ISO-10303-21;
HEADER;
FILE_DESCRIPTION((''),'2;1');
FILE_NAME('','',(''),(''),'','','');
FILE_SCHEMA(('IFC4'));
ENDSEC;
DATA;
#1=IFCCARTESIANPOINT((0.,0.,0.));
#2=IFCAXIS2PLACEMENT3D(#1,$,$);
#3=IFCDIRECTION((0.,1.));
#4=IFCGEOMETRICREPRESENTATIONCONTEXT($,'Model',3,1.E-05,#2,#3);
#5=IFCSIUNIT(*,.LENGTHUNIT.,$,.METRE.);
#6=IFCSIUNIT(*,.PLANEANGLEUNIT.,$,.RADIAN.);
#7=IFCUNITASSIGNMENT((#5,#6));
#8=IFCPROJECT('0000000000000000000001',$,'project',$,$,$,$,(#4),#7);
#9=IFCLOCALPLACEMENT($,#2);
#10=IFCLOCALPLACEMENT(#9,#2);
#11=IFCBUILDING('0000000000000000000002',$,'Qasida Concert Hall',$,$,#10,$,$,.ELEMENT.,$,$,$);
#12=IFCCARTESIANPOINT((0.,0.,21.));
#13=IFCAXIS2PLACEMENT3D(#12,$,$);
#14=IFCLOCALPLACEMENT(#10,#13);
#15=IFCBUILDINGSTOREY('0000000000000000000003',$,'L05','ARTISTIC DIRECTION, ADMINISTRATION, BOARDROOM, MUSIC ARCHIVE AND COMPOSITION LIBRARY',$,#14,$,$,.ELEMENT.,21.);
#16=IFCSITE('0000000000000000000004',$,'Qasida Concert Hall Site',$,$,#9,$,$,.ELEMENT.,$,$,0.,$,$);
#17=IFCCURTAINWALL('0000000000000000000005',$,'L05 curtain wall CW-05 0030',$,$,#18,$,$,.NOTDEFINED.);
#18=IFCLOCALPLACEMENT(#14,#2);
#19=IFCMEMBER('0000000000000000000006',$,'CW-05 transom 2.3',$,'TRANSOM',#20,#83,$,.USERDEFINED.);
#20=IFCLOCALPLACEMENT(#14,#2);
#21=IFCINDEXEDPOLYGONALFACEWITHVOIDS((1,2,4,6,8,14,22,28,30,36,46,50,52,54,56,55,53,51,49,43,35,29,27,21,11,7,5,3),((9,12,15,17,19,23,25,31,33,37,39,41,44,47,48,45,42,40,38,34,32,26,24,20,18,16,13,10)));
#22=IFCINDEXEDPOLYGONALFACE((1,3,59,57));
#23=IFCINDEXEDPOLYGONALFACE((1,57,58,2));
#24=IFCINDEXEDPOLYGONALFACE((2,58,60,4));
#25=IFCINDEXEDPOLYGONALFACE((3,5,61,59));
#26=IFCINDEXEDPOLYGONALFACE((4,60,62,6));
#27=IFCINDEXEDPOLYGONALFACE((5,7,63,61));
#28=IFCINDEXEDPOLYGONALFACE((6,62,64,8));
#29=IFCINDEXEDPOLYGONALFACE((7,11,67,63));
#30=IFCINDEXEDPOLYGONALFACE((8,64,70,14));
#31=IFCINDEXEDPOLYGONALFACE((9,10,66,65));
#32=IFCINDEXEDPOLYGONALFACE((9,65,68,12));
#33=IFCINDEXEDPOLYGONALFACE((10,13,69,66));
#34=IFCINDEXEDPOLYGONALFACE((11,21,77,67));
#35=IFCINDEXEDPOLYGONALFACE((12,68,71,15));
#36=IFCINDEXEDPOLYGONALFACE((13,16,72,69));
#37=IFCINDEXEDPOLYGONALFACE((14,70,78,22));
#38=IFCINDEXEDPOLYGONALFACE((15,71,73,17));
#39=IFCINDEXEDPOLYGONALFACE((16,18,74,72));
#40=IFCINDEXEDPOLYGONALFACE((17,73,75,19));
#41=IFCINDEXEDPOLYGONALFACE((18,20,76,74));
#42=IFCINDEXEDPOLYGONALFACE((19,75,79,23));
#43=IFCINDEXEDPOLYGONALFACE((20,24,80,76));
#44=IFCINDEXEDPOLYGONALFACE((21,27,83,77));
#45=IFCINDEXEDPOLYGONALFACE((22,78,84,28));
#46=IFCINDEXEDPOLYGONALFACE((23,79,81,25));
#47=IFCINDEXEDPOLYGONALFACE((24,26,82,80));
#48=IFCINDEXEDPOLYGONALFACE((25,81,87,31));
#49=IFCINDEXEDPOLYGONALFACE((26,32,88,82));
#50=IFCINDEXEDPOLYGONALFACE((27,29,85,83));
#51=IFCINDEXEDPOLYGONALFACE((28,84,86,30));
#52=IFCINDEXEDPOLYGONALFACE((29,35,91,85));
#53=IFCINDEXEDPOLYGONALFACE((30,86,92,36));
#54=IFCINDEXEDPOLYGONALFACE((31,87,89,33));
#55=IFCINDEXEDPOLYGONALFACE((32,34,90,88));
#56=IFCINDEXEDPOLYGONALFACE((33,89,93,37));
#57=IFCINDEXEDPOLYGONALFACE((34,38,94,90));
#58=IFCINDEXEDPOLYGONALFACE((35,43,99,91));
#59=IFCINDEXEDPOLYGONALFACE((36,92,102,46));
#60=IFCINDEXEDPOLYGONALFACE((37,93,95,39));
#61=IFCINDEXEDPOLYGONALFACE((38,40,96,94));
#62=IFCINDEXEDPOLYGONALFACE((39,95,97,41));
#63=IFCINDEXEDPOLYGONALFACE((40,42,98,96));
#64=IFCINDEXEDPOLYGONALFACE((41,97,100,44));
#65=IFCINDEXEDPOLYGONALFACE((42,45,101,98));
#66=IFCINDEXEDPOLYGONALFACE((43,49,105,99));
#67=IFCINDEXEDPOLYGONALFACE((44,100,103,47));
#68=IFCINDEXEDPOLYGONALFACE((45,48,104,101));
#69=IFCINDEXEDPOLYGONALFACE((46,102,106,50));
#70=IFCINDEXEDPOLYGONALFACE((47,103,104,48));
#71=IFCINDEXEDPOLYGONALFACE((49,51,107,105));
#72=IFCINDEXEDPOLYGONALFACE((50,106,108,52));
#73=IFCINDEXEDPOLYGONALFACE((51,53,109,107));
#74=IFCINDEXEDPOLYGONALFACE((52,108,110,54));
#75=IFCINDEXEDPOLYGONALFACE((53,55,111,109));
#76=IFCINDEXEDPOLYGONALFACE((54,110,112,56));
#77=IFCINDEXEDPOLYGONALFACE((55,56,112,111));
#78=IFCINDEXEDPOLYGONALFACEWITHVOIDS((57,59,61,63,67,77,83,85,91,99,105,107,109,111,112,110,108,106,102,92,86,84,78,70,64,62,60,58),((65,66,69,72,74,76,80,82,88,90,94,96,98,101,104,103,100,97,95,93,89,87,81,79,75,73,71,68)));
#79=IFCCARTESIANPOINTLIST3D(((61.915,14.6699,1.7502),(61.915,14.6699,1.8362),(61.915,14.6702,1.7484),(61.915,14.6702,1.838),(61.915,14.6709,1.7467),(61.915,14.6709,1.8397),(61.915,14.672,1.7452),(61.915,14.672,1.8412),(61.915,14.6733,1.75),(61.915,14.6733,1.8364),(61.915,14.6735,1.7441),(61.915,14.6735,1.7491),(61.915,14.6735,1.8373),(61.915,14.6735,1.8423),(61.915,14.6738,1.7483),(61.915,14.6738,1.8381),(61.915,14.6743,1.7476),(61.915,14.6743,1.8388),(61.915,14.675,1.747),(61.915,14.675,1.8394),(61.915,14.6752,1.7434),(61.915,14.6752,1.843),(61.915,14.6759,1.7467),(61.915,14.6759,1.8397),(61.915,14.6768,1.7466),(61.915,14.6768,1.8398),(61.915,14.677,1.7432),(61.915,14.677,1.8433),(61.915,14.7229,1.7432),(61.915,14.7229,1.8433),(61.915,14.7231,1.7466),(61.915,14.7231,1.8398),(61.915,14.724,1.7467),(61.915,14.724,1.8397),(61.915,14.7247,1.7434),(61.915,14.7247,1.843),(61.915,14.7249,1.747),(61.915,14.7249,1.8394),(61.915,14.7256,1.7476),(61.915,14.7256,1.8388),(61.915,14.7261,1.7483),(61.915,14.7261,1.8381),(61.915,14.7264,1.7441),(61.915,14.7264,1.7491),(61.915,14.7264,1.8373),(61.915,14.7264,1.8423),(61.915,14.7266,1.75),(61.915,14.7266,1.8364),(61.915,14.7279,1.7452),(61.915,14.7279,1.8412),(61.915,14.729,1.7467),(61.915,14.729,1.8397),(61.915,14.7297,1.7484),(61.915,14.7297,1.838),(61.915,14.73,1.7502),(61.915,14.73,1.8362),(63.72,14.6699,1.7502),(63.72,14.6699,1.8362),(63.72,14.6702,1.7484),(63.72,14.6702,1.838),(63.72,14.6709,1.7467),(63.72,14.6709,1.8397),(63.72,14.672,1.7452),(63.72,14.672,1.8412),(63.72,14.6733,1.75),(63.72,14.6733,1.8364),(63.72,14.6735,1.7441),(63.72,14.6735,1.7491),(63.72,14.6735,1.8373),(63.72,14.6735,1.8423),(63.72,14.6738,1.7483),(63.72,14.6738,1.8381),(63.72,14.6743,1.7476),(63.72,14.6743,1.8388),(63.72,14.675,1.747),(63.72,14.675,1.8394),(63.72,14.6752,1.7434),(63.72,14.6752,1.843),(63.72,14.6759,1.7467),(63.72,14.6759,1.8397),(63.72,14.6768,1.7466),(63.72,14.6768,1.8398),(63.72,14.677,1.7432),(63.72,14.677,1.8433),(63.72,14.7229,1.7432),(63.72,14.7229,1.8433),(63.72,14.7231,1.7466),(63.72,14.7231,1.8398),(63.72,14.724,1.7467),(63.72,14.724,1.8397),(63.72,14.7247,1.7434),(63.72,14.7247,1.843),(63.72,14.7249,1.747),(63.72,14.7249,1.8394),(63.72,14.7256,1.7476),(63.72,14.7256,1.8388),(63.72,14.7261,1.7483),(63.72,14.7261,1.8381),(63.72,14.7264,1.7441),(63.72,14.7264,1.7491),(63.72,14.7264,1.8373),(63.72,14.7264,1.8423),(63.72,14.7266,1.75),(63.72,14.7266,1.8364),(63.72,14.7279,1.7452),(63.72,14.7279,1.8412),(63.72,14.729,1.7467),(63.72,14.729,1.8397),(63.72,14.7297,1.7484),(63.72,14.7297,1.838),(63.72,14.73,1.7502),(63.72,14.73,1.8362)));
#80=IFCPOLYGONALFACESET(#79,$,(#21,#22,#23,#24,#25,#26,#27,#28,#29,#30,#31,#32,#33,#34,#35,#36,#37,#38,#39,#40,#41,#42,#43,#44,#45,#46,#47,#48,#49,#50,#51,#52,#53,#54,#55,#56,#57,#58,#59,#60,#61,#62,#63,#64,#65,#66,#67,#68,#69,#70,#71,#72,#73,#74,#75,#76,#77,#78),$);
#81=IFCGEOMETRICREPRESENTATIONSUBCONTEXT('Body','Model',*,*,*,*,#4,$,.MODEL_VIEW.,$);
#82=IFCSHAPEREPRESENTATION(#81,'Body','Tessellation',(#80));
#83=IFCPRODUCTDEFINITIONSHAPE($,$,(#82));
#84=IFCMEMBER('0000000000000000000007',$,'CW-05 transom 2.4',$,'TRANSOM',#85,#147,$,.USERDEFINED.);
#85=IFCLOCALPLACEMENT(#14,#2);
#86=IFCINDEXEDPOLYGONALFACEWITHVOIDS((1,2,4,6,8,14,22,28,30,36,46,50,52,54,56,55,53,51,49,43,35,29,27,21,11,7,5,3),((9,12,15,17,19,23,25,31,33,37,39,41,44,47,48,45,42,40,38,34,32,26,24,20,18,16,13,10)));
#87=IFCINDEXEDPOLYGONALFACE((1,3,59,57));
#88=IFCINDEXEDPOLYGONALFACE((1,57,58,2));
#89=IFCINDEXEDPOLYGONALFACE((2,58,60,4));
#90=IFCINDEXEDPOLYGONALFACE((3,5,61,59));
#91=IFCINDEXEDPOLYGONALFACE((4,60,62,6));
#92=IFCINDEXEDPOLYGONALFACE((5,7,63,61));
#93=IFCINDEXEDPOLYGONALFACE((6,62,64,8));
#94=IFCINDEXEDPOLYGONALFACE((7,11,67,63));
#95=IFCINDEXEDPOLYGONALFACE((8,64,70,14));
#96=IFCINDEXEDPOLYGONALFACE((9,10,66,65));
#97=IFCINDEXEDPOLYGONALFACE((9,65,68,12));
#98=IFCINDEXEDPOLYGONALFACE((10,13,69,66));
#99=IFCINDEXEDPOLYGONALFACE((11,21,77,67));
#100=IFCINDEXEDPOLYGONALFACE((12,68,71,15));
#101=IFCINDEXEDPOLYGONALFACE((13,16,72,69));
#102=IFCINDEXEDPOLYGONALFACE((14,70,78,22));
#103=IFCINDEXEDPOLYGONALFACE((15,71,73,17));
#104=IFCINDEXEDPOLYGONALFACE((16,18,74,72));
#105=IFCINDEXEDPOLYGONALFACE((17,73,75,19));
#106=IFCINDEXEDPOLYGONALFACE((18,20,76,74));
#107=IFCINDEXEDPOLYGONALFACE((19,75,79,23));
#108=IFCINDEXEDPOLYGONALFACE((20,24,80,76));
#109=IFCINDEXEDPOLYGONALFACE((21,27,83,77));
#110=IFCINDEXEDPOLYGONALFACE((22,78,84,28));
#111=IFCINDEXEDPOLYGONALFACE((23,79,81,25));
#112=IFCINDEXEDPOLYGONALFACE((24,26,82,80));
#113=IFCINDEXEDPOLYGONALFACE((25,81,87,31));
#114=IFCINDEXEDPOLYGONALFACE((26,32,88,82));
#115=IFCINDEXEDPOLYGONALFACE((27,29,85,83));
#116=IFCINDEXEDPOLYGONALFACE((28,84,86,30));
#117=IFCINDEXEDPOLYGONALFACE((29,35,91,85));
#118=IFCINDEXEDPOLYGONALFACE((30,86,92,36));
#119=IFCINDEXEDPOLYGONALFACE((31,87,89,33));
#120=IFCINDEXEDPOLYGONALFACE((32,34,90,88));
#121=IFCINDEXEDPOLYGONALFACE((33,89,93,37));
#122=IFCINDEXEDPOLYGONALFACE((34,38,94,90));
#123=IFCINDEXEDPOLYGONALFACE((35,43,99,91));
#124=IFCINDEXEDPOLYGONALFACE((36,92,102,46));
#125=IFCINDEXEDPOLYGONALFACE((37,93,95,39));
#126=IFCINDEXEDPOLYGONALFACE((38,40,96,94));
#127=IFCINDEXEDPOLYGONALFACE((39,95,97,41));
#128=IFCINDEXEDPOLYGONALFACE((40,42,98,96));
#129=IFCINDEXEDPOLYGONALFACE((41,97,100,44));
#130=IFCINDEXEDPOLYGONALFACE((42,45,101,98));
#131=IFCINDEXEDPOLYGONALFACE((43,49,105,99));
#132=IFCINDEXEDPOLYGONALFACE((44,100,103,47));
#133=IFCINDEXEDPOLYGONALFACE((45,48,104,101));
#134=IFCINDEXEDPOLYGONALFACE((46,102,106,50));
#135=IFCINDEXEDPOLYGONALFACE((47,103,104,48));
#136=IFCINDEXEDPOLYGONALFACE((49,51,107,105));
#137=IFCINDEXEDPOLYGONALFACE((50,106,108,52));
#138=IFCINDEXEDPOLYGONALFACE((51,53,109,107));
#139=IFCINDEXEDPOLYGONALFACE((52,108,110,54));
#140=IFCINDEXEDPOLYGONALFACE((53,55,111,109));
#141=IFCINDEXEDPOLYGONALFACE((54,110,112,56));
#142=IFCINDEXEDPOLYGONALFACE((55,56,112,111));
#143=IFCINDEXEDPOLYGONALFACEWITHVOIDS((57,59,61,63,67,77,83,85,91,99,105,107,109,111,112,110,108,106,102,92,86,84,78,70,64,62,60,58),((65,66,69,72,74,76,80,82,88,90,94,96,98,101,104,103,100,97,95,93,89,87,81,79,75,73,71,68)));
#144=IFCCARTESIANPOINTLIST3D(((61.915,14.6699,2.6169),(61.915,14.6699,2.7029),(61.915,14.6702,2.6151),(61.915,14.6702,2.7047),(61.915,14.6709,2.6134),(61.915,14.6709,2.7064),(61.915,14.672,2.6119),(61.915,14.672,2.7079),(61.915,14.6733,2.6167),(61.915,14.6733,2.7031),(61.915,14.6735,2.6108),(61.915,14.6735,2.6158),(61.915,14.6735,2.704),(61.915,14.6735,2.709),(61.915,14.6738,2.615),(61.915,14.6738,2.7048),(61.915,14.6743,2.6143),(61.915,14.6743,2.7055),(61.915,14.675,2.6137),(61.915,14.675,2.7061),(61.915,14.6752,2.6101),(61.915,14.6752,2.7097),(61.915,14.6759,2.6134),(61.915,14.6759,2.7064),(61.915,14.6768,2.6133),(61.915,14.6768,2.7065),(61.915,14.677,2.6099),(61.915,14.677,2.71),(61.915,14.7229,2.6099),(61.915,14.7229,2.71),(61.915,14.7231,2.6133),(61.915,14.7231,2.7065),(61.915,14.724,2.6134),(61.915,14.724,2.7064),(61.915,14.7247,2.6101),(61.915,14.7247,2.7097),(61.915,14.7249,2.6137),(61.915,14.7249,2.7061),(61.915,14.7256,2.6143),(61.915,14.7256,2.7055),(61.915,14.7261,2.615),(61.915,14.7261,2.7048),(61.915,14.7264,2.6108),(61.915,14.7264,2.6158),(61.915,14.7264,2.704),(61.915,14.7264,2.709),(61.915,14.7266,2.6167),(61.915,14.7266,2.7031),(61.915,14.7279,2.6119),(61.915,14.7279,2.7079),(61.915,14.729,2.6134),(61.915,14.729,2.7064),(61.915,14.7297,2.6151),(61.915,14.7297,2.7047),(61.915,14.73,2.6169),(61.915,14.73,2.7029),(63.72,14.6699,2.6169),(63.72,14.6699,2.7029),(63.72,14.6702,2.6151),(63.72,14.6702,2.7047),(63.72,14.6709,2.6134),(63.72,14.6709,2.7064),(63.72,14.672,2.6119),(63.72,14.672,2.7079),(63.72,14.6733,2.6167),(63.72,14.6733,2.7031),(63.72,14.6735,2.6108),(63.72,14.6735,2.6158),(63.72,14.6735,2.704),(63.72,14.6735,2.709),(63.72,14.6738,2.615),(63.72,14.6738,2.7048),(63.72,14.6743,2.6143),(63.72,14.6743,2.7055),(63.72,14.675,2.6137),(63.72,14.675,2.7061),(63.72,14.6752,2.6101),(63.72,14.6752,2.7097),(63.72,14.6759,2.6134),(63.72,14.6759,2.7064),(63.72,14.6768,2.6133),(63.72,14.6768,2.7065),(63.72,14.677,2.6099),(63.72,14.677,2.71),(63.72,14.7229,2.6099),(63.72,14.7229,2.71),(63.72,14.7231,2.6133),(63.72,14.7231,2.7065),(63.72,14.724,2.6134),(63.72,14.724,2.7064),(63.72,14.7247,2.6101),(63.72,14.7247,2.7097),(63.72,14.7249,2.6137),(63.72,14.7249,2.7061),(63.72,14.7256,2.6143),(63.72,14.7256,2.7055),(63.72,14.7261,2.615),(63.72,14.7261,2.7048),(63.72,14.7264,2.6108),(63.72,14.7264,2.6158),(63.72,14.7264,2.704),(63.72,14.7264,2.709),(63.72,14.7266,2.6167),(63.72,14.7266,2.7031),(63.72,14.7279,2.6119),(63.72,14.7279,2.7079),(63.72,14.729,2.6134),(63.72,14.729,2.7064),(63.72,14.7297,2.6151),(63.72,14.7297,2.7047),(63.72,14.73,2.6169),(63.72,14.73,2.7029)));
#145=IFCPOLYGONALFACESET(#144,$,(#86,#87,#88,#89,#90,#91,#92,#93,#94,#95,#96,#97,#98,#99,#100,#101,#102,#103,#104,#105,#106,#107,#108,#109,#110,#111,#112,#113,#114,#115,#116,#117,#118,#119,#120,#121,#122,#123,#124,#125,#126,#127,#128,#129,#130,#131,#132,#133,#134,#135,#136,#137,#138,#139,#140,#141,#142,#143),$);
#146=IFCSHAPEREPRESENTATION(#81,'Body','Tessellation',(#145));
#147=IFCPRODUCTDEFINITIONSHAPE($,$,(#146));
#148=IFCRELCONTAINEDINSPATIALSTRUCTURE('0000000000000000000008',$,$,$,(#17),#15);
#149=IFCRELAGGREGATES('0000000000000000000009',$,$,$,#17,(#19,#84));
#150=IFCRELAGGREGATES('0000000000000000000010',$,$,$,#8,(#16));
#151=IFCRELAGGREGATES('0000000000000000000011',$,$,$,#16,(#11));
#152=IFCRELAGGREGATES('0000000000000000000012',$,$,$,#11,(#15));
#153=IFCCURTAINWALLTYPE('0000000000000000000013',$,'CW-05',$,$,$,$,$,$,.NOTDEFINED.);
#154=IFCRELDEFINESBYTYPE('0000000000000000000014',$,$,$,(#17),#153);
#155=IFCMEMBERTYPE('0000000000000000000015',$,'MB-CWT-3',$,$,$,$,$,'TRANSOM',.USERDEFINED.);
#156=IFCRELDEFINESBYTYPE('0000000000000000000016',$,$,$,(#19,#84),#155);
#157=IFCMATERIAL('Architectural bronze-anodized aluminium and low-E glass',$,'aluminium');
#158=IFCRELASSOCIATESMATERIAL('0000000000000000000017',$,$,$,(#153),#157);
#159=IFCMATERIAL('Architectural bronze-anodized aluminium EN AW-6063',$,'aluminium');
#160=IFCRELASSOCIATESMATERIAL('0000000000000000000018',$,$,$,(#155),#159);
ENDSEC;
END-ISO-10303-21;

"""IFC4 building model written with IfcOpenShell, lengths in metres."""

from ifc_helpers import new_model, si_unit, direction, frame, origin, origin_2d, place, context, subcontext, project, spatial, hollow_rectangle, extrude, material, material_profile, profile_set, type_object, element, aggregate, save


model = new_model("IFC4")

# Units and contexts
model_context = context("Model", 3, precision=1e-05, world=origin(), true_north=direction((0.0, 1.0)))
body_context = subcontext(model_context, "Body", "Model", "MODEL_VIEW")
ifc_project = project(units=[si_unit("LENGTHUNIT", "METRE"), si_unit("PLANEANGLEUNIT", "RADIAN")], contexts=[model_context])

# Site, building, storey
site_placement = place(None, origin())
site = spatial("IfcSite", under=ifc_project, at=site_placement, Name="Qasida Concert Hall Site", CompositionType="ELEMENT", RefElevation=0.0)
building_placement = place(site_placement, origin())
building = spatial("IfcBuilding", under=site, at=building_placement, Name="Qasida Concert Hall", CompositionType="ELEMENT")
storey_placement = place(building_placement, frame((0.0, 0.0, 21.0)))
storey = spatial("IfcBuildingStorey", under=building, at=storey_placement, Name="L05", Description="ARTISTIC DIRECTION, ADMINISTRATION, BOARDROOM, MUSIC ARCHIVE AND COMPOSITION LIBRARY", CompositionType="ELEMENT", Elevation=21.0)

# Curtain wall, members
ifc_material_1 = material(Name="Architectural bronze-anodized aluminium and low-E glass", Category="aluminium")
curtain_wall_type = type_object("IfcCurtainWallType", Name="CW-05", PredefinedType="NOTDEFINED", material=ifc_material_1)
curtain_wall_placement = place(storey_placement, origin())
curtain_wall = element("IfcCurtainWall", 1, at=curtain_wall_placement, inside=storey, type_object=curtain_wall_type, Name="L05 curtain wall CW-05 0030", PredefinedType="NOTDEFINED")
ifc_material_2 = material(Name="Architectural bronze-anodized aluminium EN AW-6063", Category="aluminium")
ifc_material_profile_1 = material_profile(ifc_material_2, hollow_rectangle(XDim=0.0601, YDim=0.1001, WallThickness=0.0034, InnerFilletRadius=0.0034, OuterFilletRadius=0.0071, at=origin_2d()), Name="CWT 100x60x3.5")
ifc_profile_set_1 = profile_set([ifc_material_profile_1], Name="Architectural bronze-anodized aluminium EN AW-6063")
member_type_1 = type_object("IfcMemberType", Name="MB-CWT-3", ElementType="TRANSOM", PredefinedType="USERDEFINED", material=ifc_profile_set_1)
member_1_placement = place(storey_placement, frame((61.915, 14.7, 1.7932), z_axis=(1.0, 0.0, 0.0), x_axis=(0.0, 1.0, 0.0)))
member_1 = element("IfcMember", 2, at=member_1_placement, type_object=member_type_1, Name="CW-05 transom 2.3", ObjectType="TRANSOM", PredefinedType="USERDEFINED", context=body_context, shape_type="SweptSolid", body=[
    extrude(hollow_rectangle(XDim=0.0601, YDim=0.1001, WallThickness=0.0034, InnerFilletRadius=0.0034, OuterFilletRadius=0.0071, at=origin_2d()), origin(), (0.0, 0.0, 1.0), 1.8049),
])
member_2_placement = place(storey_placement, frame((61.915, 14.7, 2.6599), z_axis=(1.0, 0.0, 0.0), x_axis=(0.0, 1.0, 0.0)))
member_2 = element("IfcMember", 3, at=member_2_placement, type_object=member_type_1, Name="CW-05 transom 2.4", ObjectType="TRANSOM", PredefinedType="USERDEFINED", context=body_context, shape_type="SweptSolid", body=[
    extrude(hollow_rectangle(XDim=0.0601, YDim=0.1001, WallThickness=0.0034, InnerFilletRadius=0.0034, OuterFilletRadius=0.0071, at=origin_2d()), origin(), (0.0, 0.0, 1.0), 1.8049),
])
aggregate(curtain_wall, [member_1, member_2])

save(model, "model.ifc")
